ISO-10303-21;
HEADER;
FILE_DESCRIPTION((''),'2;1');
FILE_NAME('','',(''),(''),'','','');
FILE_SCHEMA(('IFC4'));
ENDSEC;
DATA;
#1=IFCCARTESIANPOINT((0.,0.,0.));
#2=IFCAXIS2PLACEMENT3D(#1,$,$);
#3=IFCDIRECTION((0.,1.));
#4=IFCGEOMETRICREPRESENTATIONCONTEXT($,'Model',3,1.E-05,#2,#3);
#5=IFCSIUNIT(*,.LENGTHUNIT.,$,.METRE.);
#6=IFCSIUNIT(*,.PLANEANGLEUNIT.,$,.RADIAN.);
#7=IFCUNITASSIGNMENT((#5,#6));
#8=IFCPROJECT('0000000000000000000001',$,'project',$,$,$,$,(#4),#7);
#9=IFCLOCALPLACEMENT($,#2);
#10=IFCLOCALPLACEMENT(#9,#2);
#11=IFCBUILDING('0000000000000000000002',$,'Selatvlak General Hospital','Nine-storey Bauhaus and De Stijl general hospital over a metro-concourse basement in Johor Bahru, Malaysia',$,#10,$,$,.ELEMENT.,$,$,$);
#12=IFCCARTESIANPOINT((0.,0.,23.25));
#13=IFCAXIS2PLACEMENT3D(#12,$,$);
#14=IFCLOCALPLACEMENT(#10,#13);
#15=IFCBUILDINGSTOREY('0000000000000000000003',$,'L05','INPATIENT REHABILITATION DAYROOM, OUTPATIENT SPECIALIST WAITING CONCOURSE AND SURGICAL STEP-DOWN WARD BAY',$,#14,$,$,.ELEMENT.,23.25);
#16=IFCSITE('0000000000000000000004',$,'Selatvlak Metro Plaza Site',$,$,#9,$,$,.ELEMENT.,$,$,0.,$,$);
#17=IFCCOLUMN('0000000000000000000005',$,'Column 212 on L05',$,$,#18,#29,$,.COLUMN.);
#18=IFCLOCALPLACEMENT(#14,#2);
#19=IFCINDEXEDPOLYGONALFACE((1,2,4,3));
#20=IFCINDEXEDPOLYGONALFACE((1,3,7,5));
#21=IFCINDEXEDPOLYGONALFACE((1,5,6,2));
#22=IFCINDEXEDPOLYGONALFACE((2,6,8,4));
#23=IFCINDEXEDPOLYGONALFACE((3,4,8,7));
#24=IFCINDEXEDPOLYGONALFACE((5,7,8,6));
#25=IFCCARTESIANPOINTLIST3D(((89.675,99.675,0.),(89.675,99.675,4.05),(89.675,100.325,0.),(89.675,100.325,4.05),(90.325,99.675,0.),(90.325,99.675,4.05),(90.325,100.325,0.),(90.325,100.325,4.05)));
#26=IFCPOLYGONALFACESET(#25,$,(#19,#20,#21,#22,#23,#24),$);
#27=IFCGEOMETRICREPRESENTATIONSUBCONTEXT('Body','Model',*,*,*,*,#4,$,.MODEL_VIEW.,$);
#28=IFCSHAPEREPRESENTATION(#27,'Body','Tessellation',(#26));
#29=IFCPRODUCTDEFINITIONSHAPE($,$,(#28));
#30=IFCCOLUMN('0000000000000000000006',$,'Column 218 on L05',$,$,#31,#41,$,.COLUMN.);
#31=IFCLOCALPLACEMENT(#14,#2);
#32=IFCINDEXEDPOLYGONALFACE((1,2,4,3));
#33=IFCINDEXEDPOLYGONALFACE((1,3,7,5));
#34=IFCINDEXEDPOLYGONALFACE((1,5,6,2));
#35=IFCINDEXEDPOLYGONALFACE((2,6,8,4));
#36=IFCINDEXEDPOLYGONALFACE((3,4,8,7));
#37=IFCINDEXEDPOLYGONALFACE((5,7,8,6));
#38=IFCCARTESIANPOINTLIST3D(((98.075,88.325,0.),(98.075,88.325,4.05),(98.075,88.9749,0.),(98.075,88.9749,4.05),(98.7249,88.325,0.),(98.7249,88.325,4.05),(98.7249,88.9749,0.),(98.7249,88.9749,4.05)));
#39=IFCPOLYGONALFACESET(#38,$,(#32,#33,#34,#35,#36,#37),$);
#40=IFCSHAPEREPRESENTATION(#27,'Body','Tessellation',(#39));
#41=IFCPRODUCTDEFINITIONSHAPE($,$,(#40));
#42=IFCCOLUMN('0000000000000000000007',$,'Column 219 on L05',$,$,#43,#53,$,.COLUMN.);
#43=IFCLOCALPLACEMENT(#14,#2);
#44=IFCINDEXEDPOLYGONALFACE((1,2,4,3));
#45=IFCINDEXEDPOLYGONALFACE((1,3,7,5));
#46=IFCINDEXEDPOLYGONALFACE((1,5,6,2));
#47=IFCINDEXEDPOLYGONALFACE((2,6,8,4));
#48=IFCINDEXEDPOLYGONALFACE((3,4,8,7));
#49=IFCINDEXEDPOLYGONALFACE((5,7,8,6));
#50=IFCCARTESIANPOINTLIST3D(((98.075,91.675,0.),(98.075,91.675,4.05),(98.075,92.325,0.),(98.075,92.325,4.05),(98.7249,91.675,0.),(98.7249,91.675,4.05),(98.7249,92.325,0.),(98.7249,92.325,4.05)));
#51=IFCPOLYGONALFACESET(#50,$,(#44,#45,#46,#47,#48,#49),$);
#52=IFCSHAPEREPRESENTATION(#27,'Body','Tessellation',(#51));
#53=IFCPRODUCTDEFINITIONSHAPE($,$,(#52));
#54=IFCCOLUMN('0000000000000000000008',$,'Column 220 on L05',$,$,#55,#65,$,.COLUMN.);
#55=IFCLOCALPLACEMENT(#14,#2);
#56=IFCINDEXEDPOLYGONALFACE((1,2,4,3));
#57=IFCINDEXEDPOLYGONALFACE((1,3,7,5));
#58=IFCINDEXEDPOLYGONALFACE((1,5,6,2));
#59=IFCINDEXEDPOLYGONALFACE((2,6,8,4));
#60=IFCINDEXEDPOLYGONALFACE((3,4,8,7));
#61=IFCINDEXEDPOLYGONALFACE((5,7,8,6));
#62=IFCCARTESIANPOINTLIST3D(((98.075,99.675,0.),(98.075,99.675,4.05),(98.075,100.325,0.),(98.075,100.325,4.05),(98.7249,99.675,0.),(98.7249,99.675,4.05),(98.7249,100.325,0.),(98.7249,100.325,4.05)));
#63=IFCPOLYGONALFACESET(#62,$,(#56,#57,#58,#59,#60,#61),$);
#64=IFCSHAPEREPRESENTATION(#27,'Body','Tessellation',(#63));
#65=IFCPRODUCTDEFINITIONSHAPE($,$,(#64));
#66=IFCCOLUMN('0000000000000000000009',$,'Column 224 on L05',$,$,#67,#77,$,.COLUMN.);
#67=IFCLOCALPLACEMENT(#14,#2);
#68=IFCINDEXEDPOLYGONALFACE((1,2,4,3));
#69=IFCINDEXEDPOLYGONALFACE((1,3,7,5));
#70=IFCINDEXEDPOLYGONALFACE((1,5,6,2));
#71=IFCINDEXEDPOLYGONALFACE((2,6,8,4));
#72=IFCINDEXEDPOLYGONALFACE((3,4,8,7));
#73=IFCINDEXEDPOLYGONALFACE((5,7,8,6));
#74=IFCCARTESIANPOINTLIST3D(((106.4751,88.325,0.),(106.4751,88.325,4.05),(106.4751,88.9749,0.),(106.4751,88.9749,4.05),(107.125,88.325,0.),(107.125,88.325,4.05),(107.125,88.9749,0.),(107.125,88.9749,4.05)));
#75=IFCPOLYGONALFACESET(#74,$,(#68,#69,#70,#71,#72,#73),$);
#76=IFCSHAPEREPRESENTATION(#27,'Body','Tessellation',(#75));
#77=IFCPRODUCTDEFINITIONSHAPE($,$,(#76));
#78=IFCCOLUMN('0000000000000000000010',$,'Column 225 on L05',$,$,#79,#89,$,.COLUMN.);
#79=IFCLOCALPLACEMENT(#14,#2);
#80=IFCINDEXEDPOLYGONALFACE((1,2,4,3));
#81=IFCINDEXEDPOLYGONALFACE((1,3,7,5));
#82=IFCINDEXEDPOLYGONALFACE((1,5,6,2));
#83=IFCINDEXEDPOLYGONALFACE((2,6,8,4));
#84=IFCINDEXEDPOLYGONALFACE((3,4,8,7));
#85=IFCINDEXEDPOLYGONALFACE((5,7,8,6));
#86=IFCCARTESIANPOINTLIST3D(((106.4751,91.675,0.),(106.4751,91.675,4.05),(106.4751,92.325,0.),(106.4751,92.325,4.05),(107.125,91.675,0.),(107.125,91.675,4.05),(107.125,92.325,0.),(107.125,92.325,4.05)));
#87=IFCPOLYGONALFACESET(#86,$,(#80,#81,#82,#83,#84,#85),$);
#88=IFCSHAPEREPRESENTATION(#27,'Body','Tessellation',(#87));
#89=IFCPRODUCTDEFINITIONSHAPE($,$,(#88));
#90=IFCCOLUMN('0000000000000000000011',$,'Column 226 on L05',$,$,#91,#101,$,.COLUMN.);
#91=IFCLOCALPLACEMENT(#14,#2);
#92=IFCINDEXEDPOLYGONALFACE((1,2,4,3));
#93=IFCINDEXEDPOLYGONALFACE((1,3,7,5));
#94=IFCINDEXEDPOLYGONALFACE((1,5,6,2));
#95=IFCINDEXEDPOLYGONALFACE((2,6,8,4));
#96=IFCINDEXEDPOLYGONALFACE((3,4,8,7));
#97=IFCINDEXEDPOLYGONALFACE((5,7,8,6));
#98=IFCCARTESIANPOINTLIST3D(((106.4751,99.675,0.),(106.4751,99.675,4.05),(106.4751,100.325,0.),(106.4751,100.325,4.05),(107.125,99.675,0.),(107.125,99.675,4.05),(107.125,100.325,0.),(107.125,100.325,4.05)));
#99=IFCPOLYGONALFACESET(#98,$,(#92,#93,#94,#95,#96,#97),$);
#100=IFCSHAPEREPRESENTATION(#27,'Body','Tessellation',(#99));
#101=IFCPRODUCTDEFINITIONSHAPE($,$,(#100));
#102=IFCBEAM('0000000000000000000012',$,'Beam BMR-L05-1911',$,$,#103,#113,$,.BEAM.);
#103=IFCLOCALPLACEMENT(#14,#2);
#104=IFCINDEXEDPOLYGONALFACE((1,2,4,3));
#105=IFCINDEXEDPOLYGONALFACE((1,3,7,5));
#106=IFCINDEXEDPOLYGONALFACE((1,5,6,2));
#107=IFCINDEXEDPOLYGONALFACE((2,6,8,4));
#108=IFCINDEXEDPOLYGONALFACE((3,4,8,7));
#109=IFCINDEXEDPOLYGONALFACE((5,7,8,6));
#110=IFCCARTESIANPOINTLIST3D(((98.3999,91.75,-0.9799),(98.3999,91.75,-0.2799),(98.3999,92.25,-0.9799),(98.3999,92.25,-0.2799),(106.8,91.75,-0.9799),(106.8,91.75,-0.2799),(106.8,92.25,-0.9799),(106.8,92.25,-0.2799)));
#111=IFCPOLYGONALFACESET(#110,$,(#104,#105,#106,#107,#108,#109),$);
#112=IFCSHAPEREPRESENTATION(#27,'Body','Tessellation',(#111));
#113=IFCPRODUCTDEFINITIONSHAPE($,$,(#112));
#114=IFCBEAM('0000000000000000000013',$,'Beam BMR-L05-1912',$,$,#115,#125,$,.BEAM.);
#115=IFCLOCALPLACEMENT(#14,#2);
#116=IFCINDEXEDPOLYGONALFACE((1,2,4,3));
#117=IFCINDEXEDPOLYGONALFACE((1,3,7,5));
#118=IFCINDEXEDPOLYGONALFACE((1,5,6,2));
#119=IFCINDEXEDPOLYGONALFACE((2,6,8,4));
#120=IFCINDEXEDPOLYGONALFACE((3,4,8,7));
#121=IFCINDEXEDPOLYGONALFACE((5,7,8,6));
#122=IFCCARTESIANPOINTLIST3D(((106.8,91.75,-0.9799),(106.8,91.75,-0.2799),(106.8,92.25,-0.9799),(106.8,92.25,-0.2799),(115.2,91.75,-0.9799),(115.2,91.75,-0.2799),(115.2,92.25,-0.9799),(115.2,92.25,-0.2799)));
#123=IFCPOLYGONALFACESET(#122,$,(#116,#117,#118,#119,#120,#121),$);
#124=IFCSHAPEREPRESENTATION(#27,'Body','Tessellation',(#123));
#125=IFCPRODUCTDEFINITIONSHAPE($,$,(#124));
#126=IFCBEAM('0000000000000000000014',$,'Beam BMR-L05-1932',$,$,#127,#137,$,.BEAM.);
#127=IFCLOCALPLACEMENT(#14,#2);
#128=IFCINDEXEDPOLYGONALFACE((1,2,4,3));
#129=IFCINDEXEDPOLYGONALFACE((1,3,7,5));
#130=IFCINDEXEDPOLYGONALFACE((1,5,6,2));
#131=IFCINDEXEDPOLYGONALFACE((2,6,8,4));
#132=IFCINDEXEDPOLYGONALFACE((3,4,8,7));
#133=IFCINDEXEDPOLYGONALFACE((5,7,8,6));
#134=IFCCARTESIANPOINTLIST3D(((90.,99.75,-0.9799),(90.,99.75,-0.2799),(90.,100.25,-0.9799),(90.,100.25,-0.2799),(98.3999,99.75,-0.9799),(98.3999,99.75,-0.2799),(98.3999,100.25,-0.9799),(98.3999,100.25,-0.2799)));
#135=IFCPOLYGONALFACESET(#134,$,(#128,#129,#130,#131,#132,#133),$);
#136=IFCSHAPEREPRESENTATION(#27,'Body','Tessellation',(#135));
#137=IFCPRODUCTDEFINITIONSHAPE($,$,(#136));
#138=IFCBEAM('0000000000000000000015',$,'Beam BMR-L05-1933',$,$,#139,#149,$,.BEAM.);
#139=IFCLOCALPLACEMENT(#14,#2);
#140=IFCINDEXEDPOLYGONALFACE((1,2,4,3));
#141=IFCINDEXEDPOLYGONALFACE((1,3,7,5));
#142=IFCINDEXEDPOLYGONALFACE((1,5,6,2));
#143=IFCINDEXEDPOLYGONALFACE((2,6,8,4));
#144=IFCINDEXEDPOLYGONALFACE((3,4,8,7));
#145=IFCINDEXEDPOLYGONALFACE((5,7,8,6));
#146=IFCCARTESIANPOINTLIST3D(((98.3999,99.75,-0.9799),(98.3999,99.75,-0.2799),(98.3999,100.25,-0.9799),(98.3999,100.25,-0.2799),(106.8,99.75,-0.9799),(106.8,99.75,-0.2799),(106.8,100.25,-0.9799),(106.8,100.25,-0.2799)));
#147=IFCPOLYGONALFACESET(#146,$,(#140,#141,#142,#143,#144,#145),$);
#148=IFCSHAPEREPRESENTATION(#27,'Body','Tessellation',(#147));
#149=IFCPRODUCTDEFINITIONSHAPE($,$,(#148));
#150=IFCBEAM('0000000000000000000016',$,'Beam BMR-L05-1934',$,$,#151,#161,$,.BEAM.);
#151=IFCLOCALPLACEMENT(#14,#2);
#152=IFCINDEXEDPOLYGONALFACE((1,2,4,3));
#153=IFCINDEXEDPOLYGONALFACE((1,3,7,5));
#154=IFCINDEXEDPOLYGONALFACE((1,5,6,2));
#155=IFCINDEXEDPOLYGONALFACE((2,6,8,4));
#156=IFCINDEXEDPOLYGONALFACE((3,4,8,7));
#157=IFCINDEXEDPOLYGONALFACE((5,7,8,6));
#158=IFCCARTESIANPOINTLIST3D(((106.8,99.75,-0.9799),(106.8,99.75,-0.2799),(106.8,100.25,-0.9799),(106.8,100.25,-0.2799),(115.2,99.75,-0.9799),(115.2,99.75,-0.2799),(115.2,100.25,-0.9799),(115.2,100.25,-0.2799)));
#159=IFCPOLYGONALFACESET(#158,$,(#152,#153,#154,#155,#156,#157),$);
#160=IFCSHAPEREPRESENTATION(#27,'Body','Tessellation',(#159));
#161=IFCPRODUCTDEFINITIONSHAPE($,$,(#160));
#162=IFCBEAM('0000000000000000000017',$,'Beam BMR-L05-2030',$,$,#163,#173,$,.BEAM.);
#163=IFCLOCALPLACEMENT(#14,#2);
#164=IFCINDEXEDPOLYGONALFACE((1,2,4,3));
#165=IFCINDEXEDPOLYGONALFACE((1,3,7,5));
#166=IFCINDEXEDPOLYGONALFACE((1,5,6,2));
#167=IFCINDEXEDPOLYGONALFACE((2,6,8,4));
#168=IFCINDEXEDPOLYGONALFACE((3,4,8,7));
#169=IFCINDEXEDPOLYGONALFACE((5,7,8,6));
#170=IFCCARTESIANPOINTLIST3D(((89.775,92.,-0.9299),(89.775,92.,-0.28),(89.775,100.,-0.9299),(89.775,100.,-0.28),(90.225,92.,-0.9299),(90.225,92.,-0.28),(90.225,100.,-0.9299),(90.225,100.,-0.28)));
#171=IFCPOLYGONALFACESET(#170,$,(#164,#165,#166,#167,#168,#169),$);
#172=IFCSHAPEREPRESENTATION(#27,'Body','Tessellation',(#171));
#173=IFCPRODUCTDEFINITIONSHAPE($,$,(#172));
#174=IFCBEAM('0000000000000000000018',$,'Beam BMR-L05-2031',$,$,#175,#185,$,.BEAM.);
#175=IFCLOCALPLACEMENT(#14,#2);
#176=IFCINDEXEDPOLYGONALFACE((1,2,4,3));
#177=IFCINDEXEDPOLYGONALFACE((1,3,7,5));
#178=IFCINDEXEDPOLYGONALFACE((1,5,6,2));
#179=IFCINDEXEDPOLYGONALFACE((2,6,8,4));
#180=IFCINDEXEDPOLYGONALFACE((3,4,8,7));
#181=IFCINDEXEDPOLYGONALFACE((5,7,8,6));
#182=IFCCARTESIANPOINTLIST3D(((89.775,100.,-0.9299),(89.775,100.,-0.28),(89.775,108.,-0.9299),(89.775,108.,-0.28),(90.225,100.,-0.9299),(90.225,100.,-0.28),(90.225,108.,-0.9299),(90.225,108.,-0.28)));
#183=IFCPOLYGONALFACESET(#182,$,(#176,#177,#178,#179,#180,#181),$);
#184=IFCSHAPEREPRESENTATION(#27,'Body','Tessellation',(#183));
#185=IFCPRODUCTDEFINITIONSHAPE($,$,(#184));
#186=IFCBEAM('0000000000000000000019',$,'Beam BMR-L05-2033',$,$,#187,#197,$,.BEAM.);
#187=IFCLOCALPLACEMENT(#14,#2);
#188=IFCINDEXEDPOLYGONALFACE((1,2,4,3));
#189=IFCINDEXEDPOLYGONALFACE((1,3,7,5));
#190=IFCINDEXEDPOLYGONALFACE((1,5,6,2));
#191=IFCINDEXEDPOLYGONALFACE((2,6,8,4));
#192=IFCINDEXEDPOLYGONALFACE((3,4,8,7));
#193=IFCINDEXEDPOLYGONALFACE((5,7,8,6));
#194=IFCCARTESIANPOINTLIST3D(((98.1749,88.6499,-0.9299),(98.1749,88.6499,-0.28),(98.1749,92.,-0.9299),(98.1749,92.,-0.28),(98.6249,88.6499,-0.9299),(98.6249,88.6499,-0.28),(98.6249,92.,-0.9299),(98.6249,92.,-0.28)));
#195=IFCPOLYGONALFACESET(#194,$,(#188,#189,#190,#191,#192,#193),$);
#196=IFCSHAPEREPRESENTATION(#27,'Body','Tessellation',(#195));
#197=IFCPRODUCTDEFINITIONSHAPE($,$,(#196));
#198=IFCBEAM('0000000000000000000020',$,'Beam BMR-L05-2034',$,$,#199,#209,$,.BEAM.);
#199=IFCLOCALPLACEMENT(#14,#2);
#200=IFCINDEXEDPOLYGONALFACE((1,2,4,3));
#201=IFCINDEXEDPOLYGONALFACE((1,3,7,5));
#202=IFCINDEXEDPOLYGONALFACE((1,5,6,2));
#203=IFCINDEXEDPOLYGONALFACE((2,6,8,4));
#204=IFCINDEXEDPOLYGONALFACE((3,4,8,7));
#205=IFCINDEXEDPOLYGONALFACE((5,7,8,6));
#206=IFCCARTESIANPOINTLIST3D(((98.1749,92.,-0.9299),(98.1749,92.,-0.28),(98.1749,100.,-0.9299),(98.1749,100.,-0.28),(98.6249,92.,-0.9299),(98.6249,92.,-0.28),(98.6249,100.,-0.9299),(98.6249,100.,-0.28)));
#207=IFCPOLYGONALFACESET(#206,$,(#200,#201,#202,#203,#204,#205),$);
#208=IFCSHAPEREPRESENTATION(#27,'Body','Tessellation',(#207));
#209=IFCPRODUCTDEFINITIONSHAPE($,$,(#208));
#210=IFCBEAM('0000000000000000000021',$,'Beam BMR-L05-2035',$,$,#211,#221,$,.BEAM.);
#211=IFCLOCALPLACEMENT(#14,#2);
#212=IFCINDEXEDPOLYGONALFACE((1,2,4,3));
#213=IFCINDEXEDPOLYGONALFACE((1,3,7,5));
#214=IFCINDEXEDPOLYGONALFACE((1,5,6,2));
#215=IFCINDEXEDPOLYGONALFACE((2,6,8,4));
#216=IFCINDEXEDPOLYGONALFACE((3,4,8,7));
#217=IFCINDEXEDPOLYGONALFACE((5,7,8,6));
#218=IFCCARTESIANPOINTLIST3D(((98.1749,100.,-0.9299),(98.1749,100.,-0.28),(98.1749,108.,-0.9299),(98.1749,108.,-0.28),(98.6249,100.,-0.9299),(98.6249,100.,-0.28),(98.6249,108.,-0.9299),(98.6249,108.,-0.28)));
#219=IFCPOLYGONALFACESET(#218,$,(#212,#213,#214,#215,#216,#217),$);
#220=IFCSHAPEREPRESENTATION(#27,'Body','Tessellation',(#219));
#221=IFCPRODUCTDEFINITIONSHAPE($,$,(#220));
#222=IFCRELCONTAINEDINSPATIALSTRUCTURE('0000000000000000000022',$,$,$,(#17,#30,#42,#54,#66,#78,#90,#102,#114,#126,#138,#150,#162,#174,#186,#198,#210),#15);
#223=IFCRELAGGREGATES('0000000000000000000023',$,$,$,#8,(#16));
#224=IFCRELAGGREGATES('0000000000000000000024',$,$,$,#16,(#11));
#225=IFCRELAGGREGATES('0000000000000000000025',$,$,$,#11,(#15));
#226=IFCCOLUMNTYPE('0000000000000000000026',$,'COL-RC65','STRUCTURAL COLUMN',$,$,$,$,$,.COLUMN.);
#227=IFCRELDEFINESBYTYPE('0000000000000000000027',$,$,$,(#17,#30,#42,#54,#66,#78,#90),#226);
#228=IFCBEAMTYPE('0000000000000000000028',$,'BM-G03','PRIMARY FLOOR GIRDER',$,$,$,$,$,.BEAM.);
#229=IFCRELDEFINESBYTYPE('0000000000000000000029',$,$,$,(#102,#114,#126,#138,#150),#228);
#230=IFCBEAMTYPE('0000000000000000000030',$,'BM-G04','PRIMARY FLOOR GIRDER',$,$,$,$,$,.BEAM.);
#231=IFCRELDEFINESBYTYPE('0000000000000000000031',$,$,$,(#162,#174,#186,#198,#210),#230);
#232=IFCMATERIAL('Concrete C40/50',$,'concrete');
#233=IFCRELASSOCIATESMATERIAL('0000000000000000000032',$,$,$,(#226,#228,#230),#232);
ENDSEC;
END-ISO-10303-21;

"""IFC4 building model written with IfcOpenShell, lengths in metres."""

from ifc_helpers import new_model, si_unit, direction, frame, origin, origin_2d, place, context, subcontext, project, spatial, rectangle, extrude, material, material_profile, profile_set, type_object, element, save


model = new_model("IFC4")

# Units and contexts
model_context = context("Model", 3, precision=1e-05, world=origin(), true_north=direction((0.0, 1.0)))
body_context = subcontext(model_context, "Body", "Model", "MODEL_VIEW")
ifc_project = project(units=[si_unit("LENGTHUNIT", "METRE"), si_unit("PLANEANGLEUNIT", "RADIAN")], contexts=[model_context])

# Site, building, storey
site_placement = place(None, origin())
site = spatial("IfcSite", under=ifc_project, at=site_placement, Name="Selatvlak Metro Plaza Site", CompositionType="ELEMENT", RefElevation=0.0)
building_placement = place(site_placement, origin())
building = spatial("IfcBuilding", under=site, at=building_placement, Name="Selatvlak General Hospital", Description="Nine-storey Bauhaus and De Stijl general hospital over a metro-concourse basement in Johor Bahru, Malaysia", CompositionType="ELEMENT")
storey_placement = place(building_placement, frame((0.0, 0.0, 23.25)))
storey = spatial("IfcBuildingStorey", under=building, at=storey_placement, Name="L05", Description="INPATIENT REHABILITATION DAYROOM, OUTPATIENT SPECIALIST WAITING CONCOURSE AND SURGICAL STEP-DOWN WARD BAY", CompositionType="ELEMENT", Elevation=23.25)

# Columns
ifc_material_1 = material(Name="Concrete C40/50", Category="concrete")
ifc_material_profile_1 = material_profile(ifc_material_1, rectangle(XDim=0.6499, YDim=0.6499, at=origin_2d()), Name="RC-COL 650x650")
ifc_profile_set_1 = profile_set([ifc_material_profile_1], Name="Concrete C40/50")
column_type = type_object("IfcColumnType", Name="COL-RC65", Description="STRUCTURAL COLUMN", PredefinedType="COLUMN", material=ifc_profile_set_1)
for number, where, z_axis, x_axis, name in (
    (1, (90.0, 100.0, 0.0), (0.0, 0.0, 1.0), (1.0, 0.0, 0.0), "Column 212 on L05"),
    (2, (98.3999, 88.6499, 0.0), (0.0, 0.0, 1.0), (1.0, 0.0, 0.0), "Column 218 on L05"),
    (3, (98.3999, 92.0, 0.0), (0.0, 0.0, 1.0), (1.0, 0.0, 0.0), "Column 219 on L05"),
    (4, (98.3999, 100.0, 0.0), (0.0, 0.0, 1.0), (1.0, 0.0, 0.0), "Column 220 on L05"),
    (5, (106.8, 88.6499, 0.0), (0.0, 0.0, 1.0), (1.0, 0.0, 0.0), "Column 224 on L05"),
    (6, (106.8, 92.0, 0.0), (0.0, 0.0, 1.0), (1.0, 0.0, 0.0), "Column 225 on L05"),
    (7, (106.8, 100.0, 0.0), (0.0, 0.0, 1.0), (1.0, 0.0, 0.0), "Column 226 on L05"),
):
    element("IfcColumn", number, at=place(storey_placement, frame(where, z_axis=z_axis, x_axis=x_axis)), inside=storey, type_object=column_type, Name=name, PredefinedType="COLUMN", context=body_context, shape_type="SweptSolid", body=[
        extrude(rectangle(XDim=0.6499, YDim=0.6499, at=origin_2d()), origin(), (0.0, 0.0, 1.0), 4.05),
    ])

# Beams
ifc_material_profile_2 = material_profile(ifc_material_1, rectangle(XDim=0.5, YDim=0.7, at=origin_2d()), Name="RC-BM 500x700")
ifc_profile_set_2 = profile_set([ifc_material_profile_2], Name="Concrete C40/50")
beam_type_1 = type_object("IfcBeamType", Name="BM-G03", Description="PRIMARY FLOOR GIRDER", PredefinedType="BEAM", material=ifc_profile_set_2)
beam_1_placement = place(storey_placement, frame((98.3999, 92.0, -0.6299), z_axis=(1.0, 0.0, 0.0), x_axis=(0.0, 1.0, 0.0)))
element("IfcBeam", 8, at=beam_1_placement, inside=storey, type_object=beam_type_1, Name="Beam BMR-L05-1911", PredefinedType="BEAM", context=body_context, shape_type="SweptSolid", body=[
    extrude(rectangle(XDim=0.5, YDim=0.7, at=origin_2d()), origin(), (0.0, 0.0, 1.0), 8.4001),
])
for number, where, z_axis, x_axis, name in (
    (9, (106.8, 92.0, -0.6299), (1.0, 0.0, 0.0), (0.0, 1.0, 0.0), "Beam BMR-L05-1912"),
    (10, (90.0, 100.0, -0.6299), (1.0, 0.0, 0.0), (0.0, 1.0, 0.0), "Beam BMR-L05-1932"),
):
    element("IfcBeam", number, at=place(storey_placement, frame(where, z_axis=z_axis, x_axis=x_axis)), inside=storey, type_object=beam_type_1, Name=name, PredefinedType="BEAM", context=body_context, shape_type="SweptSolid", body=[
        extrude(rectangle(XDim=0.5, YDim=0.7, at=origin_2d()), origin(), (0.0, 0.0, 1.0), 8.3999),
    ])
beam_2_placement = place(storey_placement, frame((98.3999, 100.0, -0.6299), z_axis=(1.0, 0.0, 0.0), x_axis=(0.0, 1.0, 0.0)))
element("IfcBeam", 11, at=beam_2_placement, inside=storey, type_object=beam_type_1, Name="Beam BMR-L05-1933", PredefinedType="BEAM", context=body_context, shape_type="SweptSolid", body=[
    extrude(rectangle(XDim=0.5, YDim=0.7, at=origin_2d()), origin(), (0.0, 0.0, 1.0), 8.4001),
])
beam_3_placement = place(storey_placement, frame((106.8, 100.0, -0.6299), z_axis=(1.0, 0.0, 0.0), x_axis=(0.0, 1.0, 0.0)))
element("IfcBeam", 12, at=beam_3_placement, inside=storey, type_object=beam_type_1, Name="Beam BMR-L05-1934", PredefinedType="BEAM", context=body_context, shape_type="SweptSolid", body=[
    extrude(rectangle(XDim=0.5, YDim=0.7, at=origin_2d()), origin(), (0.0, 0.0, 1.0), 8.3999),
])
ifc_material_profile_3 = material_profile(ifc_material_1, rectangle(XDim=0.45, YDim=0.6499, at=origin_2d()), Name="RC-BM 450x650")
ifc_profile_set_3 = profile_set([ifc_material_profile_3], Name="Concrete C40/50")
beam_type_2 = type_object("IfcBeamType", Name="BM-G04", Description="PRIMARY FLOOR GIRDER", PredefinedType="BEAM", material=ifc_profile_set_3)
for number, where, z_axis, x_axis, name in (
    (13, (90.0, 92.0, -0.605), (0.0, 1.0, 0.0), (-1.0, 0.0, 0.0), "Beam BMR-L05-2030"),
    (14, (90.0, 100.0, -0.605), (0.0, 1.0, 0.0), (-1.0, 0.0, 0.0), "Beam BMR-L05-2031"),
):
    element("IfcBeam", number, at=place(storey_placement, frame(where, z_axis=z_axis, x_axis=x_axis)), inside=storey, type_object=beam_type_2, Name=name, PredefinedType="BEAM", context=body_context, shape_type="SweptSolid", body=[
        extrude(rectangle(XDim=0.45, YDim=0.6499, at=origin_2d()), origin(), (0.0, 0.0, 1.0), 8.0),
    ])
beam_4_placement = place(storey_placement, frame((98.3999, 88.6499, -0.605), z_axis=(0.0, 1.0, 0.0), x_axis=(-1.0, 0.0, 0.0)))
element("IfcBeam", 15, at=beam_4_placement, inside=storey, type_object=beam_type_2, Name="Beam BMR-L05-2033", PredefinedType="BEAM", context=body_context, shape_type="SweptSolid", body=[
    extrude(rectangle(XDim=0.45, YDim=0.6499, at=origin_2d()), origin(), (0.0, 0.0, 1.0), 3.3501),
])
for number, where, z_axis, x_axis, name in (
    (16, (98.3999, 92.0, -0.605), (0.0, 1.0, 0.0), (-1.0, 0.0, 0.0), "Beam BMR-L05-2034"),
    (17, (98.3999, 100.0, -0.605), (0.0, 1.0, 0.0), (-1.0, 0.0, 0.0), "Beam BMR-L05-2035"),
):
    element("IfcBeam", number, at=place(storey_placement, frame(where, z_axis=z_axis, x_axis=x_axis)), inside=storey, type_object=beam_type_2, Name=name, PredefinedType="BEAM", context=body_context, shape_type="SweptSolid", body=[
        extrude(rectangle(XDim=0.45, YDim=0.6499, at=origin_2d()), origin(), (0.0, 0.0, 1.0), 8.0),
    ])

save(model, "model.ifc")
